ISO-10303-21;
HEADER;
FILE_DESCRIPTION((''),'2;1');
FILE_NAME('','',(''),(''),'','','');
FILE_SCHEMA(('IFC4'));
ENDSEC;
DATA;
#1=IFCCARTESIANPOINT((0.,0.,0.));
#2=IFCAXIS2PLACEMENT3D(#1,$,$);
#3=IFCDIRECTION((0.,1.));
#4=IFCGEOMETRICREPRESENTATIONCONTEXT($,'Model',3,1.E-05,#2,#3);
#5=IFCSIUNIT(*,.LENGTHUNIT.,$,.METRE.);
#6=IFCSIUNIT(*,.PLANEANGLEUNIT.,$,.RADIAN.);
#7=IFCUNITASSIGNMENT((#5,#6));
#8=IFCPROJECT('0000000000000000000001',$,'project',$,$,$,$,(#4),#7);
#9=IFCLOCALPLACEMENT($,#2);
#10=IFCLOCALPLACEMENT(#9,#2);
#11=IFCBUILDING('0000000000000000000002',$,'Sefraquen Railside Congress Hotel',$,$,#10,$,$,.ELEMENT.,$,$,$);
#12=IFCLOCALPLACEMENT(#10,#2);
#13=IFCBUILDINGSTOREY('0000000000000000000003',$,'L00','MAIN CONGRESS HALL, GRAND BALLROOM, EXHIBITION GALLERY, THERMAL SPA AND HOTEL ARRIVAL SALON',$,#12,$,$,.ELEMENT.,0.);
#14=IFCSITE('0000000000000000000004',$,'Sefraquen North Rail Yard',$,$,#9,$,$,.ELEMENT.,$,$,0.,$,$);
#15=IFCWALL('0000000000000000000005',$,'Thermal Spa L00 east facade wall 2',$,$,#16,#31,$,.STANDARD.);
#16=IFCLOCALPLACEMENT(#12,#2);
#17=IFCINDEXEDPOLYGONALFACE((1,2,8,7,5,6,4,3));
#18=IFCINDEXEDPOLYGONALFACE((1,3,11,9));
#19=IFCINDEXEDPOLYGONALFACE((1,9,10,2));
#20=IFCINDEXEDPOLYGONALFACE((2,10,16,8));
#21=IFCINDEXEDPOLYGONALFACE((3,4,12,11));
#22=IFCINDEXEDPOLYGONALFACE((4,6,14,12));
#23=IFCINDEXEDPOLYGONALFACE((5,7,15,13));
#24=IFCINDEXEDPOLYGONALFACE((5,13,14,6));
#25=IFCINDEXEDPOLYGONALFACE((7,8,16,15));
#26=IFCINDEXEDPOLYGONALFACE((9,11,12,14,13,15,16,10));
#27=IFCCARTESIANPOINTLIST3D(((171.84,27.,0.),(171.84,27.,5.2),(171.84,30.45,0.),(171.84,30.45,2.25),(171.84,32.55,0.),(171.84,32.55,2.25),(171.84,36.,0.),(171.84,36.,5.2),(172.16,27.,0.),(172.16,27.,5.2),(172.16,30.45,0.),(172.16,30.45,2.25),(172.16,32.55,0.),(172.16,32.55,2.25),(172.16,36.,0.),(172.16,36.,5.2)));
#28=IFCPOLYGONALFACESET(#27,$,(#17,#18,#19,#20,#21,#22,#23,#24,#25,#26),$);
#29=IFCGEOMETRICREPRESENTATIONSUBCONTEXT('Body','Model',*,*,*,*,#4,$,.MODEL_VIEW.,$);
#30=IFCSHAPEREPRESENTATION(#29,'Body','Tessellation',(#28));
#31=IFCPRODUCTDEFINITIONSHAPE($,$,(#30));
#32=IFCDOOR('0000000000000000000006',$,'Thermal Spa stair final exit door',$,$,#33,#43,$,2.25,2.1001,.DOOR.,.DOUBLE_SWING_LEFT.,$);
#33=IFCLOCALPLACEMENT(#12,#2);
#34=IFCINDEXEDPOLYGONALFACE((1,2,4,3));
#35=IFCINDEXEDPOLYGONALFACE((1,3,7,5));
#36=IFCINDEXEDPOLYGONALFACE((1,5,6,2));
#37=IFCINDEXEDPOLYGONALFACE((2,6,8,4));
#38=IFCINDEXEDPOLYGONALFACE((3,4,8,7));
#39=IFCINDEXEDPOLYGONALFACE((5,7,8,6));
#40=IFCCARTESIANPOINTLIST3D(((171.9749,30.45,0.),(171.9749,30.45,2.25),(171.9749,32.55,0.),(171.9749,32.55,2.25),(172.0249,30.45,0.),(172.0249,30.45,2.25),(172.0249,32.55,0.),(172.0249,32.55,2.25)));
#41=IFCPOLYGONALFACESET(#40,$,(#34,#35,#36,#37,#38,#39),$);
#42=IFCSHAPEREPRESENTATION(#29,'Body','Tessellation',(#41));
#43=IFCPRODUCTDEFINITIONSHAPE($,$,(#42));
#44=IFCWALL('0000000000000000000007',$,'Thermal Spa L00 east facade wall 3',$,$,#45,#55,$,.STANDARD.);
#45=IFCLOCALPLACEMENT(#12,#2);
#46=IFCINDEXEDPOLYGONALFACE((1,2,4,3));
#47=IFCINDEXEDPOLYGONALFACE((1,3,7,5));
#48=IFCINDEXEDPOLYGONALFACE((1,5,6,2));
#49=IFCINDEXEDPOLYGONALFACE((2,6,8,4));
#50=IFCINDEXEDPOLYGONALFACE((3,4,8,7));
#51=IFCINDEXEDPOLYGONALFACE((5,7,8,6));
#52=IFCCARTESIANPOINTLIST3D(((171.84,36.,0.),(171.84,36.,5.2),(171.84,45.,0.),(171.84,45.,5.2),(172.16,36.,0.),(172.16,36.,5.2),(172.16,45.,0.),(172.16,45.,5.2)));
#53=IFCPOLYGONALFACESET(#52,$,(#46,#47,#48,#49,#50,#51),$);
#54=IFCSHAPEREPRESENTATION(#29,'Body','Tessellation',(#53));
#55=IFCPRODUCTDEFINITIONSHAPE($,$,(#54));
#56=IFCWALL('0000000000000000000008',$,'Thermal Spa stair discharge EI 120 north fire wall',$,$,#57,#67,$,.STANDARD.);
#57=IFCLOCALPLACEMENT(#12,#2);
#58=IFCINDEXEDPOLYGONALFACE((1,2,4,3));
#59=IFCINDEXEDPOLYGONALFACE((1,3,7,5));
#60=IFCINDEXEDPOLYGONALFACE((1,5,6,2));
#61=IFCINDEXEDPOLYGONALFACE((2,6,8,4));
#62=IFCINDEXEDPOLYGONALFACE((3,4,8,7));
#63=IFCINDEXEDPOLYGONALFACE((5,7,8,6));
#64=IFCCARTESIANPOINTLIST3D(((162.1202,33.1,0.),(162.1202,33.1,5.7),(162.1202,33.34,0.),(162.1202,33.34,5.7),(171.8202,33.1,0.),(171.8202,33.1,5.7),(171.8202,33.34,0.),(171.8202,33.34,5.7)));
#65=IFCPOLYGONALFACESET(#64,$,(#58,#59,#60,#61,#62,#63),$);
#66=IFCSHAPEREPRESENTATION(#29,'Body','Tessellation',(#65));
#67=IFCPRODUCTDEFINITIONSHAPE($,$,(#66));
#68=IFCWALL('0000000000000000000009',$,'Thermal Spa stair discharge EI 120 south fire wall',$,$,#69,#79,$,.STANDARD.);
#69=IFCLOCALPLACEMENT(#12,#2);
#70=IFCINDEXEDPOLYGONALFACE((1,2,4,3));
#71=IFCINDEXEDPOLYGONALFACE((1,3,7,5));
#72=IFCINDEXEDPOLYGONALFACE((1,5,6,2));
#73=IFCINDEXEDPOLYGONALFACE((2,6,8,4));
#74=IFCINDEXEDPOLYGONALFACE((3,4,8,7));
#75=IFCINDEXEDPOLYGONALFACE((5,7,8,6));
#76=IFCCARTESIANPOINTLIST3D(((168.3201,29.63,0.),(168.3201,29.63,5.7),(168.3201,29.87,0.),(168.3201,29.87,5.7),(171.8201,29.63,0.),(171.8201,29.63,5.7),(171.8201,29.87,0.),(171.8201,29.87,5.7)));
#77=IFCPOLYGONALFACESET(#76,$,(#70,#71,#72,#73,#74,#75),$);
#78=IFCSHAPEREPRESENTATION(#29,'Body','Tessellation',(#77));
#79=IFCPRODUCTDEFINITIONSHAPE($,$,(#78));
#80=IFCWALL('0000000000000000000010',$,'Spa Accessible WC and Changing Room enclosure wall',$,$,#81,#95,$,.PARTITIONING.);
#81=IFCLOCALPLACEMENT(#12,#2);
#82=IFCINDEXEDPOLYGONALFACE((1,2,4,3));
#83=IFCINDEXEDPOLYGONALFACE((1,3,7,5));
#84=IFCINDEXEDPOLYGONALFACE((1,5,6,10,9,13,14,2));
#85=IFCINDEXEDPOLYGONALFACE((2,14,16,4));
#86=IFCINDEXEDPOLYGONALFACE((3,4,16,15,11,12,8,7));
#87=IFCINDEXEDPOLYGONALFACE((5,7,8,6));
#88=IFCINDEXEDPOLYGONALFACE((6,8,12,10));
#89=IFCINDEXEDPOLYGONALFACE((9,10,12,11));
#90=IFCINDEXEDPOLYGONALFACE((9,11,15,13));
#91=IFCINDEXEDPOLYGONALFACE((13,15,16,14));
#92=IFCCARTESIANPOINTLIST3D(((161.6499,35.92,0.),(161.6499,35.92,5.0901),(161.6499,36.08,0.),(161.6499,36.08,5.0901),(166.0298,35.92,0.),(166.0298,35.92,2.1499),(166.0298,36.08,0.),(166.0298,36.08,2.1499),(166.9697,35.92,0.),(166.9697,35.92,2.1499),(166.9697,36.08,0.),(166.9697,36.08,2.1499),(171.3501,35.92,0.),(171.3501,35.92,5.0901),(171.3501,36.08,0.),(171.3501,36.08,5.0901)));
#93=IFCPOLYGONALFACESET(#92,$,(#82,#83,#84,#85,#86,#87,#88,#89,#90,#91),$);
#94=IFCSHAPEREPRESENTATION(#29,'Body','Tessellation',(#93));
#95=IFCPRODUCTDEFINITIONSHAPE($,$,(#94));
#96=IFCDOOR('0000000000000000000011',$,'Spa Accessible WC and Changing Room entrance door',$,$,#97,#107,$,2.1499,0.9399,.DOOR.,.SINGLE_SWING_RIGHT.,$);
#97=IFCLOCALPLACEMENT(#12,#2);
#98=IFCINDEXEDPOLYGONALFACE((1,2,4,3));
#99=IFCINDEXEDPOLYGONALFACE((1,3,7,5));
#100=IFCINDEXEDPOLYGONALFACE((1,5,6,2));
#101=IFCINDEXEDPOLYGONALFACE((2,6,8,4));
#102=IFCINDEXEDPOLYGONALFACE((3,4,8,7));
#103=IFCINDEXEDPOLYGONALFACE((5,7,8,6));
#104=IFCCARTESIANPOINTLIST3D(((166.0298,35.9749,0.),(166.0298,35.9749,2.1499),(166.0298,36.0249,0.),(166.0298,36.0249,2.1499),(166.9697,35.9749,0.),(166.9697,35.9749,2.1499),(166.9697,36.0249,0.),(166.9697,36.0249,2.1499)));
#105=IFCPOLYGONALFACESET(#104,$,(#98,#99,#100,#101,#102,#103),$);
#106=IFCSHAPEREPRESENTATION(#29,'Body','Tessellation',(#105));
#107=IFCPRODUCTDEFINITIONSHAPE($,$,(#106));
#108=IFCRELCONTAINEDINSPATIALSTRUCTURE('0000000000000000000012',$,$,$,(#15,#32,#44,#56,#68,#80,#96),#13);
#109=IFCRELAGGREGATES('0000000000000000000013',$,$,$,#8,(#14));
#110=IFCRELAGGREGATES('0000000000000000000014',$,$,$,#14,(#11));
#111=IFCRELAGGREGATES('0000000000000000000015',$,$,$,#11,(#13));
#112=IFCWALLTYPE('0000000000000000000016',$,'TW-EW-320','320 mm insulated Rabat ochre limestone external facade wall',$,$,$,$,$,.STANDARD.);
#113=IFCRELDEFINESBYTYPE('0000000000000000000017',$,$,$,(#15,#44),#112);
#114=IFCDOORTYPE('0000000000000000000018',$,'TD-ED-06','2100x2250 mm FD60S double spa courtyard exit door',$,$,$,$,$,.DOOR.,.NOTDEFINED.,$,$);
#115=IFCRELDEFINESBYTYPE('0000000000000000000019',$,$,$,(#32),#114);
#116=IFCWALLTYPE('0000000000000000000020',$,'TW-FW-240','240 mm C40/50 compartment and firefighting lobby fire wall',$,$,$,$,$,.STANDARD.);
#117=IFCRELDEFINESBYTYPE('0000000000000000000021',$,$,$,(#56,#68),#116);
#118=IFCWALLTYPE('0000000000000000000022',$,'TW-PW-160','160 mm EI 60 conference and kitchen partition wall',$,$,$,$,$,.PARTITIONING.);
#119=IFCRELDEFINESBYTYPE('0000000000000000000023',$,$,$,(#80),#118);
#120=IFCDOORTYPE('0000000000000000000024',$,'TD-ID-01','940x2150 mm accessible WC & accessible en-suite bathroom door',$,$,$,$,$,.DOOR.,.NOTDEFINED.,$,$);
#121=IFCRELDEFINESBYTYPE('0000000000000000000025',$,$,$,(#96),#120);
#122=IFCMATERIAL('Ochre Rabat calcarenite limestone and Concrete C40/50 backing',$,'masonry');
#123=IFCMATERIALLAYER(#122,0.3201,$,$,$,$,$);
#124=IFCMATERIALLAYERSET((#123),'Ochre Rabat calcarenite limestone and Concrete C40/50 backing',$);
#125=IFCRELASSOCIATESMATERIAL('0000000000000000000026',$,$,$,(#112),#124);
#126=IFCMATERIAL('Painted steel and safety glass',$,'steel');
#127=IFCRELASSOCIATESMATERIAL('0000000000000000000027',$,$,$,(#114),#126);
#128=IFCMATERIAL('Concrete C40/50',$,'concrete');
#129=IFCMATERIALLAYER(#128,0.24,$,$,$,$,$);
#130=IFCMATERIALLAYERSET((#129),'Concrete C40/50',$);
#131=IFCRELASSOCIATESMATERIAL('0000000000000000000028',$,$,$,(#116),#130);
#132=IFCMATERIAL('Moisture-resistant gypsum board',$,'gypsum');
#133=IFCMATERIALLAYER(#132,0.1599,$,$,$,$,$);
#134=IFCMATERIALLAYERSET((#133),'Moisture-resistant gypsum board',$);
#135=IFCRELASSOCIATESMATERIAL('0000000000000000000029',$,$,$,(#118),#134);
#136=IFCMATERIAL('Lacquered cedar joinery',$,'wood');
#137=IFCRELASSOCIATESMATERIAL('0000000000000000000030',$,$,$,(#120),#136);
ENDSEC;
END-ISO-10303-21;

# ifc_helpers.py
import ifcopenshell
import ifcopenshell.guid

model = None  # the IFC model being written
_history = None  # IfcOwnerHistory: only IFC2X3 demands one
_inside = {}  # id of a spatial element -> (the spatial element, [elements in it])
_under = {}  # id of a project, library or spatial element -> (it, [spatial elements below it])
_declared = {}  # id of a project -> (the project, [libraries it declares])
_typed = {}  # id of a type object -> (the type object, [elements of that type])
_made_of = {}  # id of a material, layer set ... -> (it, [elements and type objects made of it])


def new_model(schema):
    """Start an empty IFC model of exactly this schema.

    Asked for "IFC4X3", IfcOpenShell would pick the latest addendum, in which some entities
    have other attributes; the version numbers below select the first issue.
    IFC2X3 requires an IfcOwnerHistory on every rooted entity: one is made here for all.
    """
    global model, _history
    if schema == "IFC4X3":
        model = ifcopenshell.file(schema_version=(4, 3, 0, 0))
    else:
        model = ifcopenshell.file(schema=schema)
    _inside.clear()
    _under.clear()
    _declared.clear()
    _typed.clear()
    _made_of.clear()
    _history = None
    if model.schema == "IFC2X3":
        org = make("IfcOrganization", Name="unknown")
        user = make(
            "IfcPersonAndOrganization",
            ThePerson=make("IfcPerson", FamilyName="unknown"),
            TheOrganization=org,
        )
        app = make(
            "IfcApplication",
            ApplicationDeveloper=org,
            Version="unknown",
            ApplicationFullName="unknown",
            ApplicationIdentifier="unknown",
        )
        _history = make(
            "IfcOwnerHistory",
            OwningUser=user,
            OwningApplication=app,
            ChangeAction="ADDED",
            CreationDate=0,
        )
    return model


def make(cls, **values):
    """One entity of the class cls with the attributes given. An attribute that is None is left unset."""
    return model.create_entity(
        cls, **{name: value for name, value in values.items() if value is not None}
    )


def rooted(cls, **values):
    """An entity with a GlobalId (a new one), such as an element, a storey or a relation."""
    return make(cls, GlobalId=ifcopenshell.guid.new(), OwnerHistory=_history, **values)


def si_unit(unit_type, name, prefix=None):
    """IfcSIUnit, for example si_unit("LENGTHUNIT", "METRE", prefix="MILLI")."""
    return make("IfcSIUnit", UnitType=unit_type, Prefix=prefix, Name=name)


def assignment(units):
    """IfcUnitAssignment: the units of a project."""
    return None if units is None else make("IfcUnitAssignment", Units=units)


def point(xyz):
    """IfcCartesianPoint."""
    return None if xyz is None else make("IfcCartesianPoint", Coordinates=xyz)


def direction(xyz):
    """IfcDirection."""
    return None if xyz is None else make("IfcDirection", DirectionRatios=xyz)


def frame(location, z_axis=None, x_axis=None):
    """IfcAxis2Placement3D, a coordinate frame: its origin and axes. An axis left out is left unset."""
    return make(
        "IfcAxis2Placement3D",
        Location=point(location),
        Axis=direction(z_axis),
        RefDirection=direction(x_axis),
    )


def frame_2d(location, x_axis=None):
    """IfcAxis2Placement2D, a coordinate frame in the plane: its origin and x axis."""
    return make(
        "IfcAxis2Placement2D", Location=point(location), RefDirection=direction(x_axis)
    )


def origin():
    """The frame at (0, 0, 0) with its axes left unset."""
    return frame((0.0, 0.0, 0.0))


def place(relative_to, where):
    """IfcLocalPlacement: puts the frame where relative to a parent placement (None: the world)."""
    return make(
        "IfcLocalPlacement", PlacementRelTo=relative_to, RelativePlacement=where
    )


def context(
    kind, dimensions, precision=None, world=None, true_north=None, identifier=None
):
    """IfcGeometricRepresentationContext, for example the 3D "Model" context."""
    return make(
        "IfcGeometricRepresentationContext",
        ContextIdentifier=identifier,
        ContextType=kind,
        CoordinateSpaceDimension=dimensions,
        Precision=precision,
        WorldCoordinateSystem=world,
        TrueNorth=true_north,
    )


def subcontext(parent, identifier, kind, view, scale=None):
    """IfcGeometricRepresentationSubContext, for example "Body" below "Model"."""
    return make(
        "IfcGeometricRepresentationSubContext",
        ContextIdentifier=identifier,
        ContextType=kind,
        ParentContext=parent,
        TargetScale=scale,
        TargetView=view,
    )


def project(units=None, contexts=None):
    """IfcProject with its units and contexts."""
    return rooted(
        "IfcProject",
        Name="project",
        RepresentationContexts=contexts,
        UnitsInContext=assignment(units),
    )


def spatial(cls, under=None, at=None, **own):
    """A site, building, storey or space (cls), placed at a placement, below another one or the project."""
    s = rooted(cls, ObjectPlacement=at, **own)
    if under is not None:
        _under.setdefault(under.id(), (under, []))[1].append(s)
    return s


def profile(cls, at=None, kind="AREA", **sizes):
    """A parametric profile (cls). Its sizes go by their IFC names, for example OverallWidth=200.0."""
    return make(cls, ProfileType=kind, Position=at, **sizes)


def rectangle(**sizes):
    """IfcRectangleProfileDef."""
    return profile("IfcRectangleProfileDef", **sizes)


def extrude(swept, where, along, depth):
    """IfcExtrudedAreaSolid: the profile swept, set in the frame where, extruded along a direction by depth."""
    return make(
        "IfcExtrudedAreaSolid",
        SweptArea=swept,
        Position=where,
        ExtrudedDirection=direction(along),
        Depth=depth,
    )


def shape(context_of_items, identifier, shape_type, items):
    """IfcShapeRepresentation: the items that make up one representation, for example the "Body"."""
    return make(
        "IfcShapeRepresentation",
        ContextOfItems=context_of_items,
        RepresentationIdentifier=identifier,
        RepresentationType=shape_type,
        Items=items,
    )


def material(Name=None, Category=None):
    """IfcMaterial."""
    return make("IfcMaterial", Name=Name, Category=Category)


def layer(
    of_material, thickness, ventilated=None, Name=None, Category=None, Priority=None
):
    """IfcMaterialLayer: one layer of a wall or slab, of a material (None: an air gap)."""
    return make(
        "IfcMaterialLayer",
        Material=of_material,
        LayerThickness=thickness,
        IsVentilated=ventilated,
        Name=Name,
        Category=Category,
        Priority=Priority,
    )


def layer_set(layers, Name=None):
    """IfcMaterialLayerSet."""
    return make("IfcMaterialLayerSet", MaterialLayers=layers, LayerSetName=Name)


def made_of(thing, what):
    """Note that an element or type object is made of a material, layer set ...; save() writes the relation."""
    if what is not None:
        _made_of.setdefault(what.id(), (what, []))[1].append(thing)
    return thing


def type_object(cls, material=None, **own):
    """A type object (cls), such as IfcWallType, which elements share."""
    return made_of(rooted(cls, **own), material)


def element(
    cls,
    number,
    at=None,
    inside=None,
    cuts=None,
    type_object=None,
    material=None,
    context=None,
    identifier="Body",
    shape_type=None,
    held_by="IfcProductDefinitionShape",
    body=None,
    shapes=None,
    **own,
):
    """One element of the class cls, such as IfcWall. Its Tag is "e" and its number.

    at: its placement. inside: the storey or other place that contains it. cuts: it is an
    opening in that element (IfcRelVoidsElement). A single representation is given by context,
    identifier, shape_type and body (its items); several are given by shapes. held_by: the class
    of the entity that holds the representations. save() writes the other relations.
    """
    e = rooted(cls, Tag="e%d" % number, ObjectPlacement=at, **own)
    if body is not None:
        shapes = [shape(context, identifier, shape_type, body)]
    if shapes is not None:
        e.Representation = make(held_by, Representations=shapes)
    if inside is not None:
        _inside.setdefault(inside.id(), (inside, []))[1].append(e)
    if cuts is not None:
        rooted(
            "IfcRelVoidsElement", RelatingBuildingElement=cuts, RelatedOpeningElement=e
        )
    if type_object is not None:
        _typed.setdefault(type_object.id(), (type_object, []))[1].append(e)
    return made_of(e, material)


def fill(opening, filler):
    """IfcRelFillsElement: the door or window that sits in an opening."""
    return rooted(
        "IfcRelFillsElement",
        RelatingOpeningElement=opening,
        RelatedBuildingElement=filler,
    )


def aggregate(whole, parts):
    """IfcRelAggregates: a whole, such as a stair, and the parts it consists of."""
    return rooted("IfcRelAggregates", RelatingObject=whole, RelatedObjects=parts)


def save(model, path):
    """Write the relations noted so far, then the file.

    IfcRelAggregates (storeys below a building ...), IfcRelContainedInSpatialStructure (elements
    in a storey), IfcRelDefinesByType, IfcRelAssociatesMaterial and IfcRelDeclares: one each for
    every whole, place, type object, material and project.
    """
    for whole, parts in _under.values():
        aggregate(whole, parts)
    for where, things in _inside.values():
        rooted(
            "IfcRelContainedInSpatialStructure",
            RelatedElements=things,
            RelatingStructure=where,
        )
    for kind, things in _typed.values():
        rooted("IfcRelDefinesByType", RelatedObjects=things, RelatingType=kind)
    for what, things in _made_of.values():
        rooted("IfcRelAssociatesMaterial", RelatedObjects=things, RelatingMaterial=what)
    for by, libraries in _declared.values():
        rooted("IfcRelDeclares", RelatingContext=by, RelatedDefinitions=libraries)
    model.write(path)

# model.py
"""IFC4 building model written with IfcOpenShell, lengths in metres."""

from ifc_helpers import new_model, si_unit, direction, frame, frame_2d, origin, place, context, subcontext, project, spatial, rectangle, extrude, material, layer, layer_set, type_object, element, fill, save


model = new_model("IFC4")

# Units and contexts
model_context = context("Model", 3, precision=1e-05, world=origin(), true_north=direction((0.0, 1.0)))
body_context = subcontext(model_context, "Body", "Model", "MODEL_VIEW")
ifc_project = project(units=[si_unit("LENGTHUNIT", "METRE"), si_unit("PLANEANGLEUNIT", "RADIAN")], contexts=[model_context])

# Site, building, storey
site_placement = place(None, origin())
site = spatial("IfcSite", under=ifc_project, at=site_placement, Name="Sefraquen North Rail Yard", CompositionType="ELEMENT", RefElevation=0.0)
building_placement = place(site_placement, origin())
building = spatial("IfcBuilding", under=site, at=building_placement, Name="Sefraquen Railside Congress Hotel", CompositionType="ELEMENT")
storey_placement = place(building_placement, origin())
storey = spatial("IfcBuildingStorey", under=building, at=storey_placement, Name="L00", Description="MAIN CONGRESS HALL, GRAND BALLROOM, EXHIBITION GALLERY, THERMAL SPA AND HOTEL ARRIVAL SALON", CompositionType="ELEMENT", Elevation=0.0)

# Wall, opening, door
ifc_material_1 = material(Name="Ochre Rabat calcarenite limestone and Concrete C40/50 backing", Category="masonry")
ifc_layer_1 = layer(ifc_material_1, 0.3201)
ifc_layer_set_1 = layer_set([ifc_layer_1], Name="Ochre Rabat calcarenite limestone and Concrete C40/50 backing")
wall_type_1 = type_object("IfcWallType", Name="TW-EW-320", Description="320 mm insulated Rabat ochre limestone external facade wall", PredefinedType="STANDARD", material=ifc_layer_set_1)
wall_1_placement = place(storey_placement, frame((172.0, 27.0, 0.0), z_axis=(0.0, 0.0, 1.0), x_axis=(0.0, 1.0, 0.0)))
wall_1 = element("IfcWall", 1, at=wall_1_placement, inside=storey, type_object=wall_type_1, Name="Thermal Spa L00 east facade wall 2", PredefinedType="STANDARD", context=body_context, shape_type="SweptSolid", body=[
    extrude(rectangle(XDim=9.0, YDim=0.3201, at=frame_2d((4.5, 0.0))), origin(), (0.0, 0.0, 1.0), 5.2),
])
opening_1_placement = place(wall_1_placement, frame((3.45, 0.0, 0.0)))
opening_1 = element("IfcOpeningElement", 2, at=opening_1_placement, cuts=wall_1, PredefinedType="OPENING", context=body_context, shape_type="SweptSolid", body=[
    extrude(rectangle(XDim=2.1001, YDim=2.25, at=frame_2d((1.05, 1.125))), frame((0.0, 0.1699, 0.0), z_axis=(0.0, -1.0, 0.0), x_axis=(1.0, 0.0, 0.0)), (0.0, 0.0, 1.0), 0.3401),
])
ifc_material_2 = material(Name="Painted steel and safety glass", Category="steel")
door_type_1 = type_object("IfcDoorType", Name="TD-ED-06", Description="2100x2250 mm FD60S double spa courtyard exit door", OperationType="NOTDEFINED", PredefinedType="DOOR", material=ifc_material_2)
door_1_placement = place(opening_1_placement, frame((2.1001, 0.0, 0.0), z_axis=(0.0, 0.0, 1.0), x_axis=(-1.0, 0.0, 0.0)))
door_1 = element("IfcDoor", 3, at=door_1_placement, inside=storey, type_object=door_type_1, Name="Thermal Spa stair final exit door", OperationType="DOUBLE_SWING_LEFT", OverallHeight=2.25, OverallWidth=2.1001, PredefinedType="DOOR", context=body_context, shape_type="SweptSolid", body=[
    extrude(rectangle(XDim=2.1001, YDim=2.25, at=frame_2d((1.05, 1.125))), frame((0.0, 0.0249, 0.0), z_axis=(0.0, -1.0, 0.0), x_axis=(1.0, 0.0, 0.0)), (0.0, 0.0, 1.0), 0.05),
])
fill(opening_1, door_1)

# Walls
wall_2_placement = place(storey_placement, frame((172.0, 36.0, 0.0), z_axis=(0.0, 0.0, 1.0), x_axis=(0.0, 1.0, 0.0)))
element("IfcWall", 4, at=wall_2_placement, inside=storey, type_object=wall_type_1, Name="Thermal Spa L00 east facade wall 3", PredefinedType="STANDARD", context=body_context, shape_type="SweptSolid", body=[
    extrude(rectangle(XDim=9.0, YDim=0.3201, at=frame_2d((4.5, 0.0))), origin(), (0.0, 0.0, 1.0), 5.2),
])
ifc_material_3 = material(Name="Concrete C40/50", Category="concrete")
ifc_layer_2 = layer(ifc_material_3, 0.24)
ifc_layer_set_2 = layer_set([ifc_layer_2], Name="Concrete C40/50")
wall_type_2 = type_object("IfcWallType", Name="TW-FW-240", Description="240 mm C40/50 compartment and firefighting lobby fire wall", PredefinedType="STANDARD", material=ifc_layer_set_2)
wall_3_placement = place(storey_placement, frame((162.1201, 33.22, 0.0), z_axis=(0.0, 0.0, 1.0), x_axis=(1.0, 0.0, 0.0)))
element("IfcWall", 5, at=wall_3_placement, inside=storey, type_object=wall_type_2, Name="Thermal Spa stair discharge EI 120 north fire wall", PredefinedType="STANDARD", context=body_context, shape_type="SweptSolid", body=[
    extrude(rectangle(XDim=9.7, YDim=0.24, at=frame_2d((4.8501, 0.0))), origin(), (0.0, 0.0, 1.0), 5.7),
])
wall_4_placement = place(storey_placement, frame((168.3201, 29.75, 0.0), z_axis=(0.0, 0.0, 1.0), x_axis=(1.0, 0.0, 0.0)))
element("IfcWall", 6, at=wall_4_placement, inside=storey, type_object=wall_type_2, Name="Thermal Spa stair discharge EI 120 south fire wall", PredefinedType="STANDARD", context=body_context, shape_type="SweptSolid", body=[
    extrude(rectangle(XDim=3.5, YDim=0.24, at=frame_2d((1.75, 0.0))), origin(), (0.0, 0.0, 1.0), 5.7),
])

# Wall, opening, door
ifc_material_4 = material(Name="Moisture-resistant gypsum board", Category="gypsum")
ifc_layer_3 = layer(ifc_material_4, 0.1599)
ifc_layer_set_3 = layer_set([ifc_layer_3], Name="Moisture-resistant gypsum board")
wall_type_3 = type_object("IfcWallType", Name="TW-PW-160", Description="160 mm EI 60 conference and kitchen partition wall", PredefinedType="PARTITIONING", material=ifc_layer_set_3)
wall_5_placement = place(storey_placement, frame((161.6499, 36.0, 0.0), z_axis=(0.0, 0.0, 1.0), x_axis=(1.0, 0.0, 0.0)))
wall_5 = element("IfcWall", 7, at=wall_5_placement, inside=storey, type_object=wall_type_3, Name="Spa Accessible WC and Changing Room enclosure wall", PredefinedType="PARTITIONING", context=body_context, shape_type="SweptSolid", body=[
    extrude(rectangle(XDim=9.7002, YDim=0.1599, at=frame_2d((4.8501, 0.0))), origin(), (0.0, 0.0, 1.0), 5.0901),
])
opening_2_placement = place(wall_5_placement, frame((4.3799, 0.0, 0.0)))
opening_2 = element("IfcOpeningElement", 8, at=opening_2_placement, cuts=wall_5, PredefinedType="OPENING", context=body_context, shape_type="SweptSolid", body=[
    extrude(rectangle(XDim=0.9399, YDim=2.1499, at=frame_2d((0.47, 1.075))), frame((0.0, 0.0898, 0.0), z_axis=(0.0, -1.0, 0.0), x_axis=(1.0, 0.0, 0.0)), (0.0, 0.0, 1.0), 0.1799),
])
ifc_material_5 = material(Name="Lacquered cedar joinery", Category="wood")
door_type_2 = type_object("IfcDoorType", Name="TD-ID-01", Description="940x2150 mm accessible WC & accessible en-suite bathroom door", OperationType="NOTDEFINED", PredefinedType="DOOR", material=ifc_material_5)
door_2_placement = place(opening_2_placement, origin())
door_2 = element("IfcDoor", 9, at=door_2_placement, inside=storey, type_object=door_type_2, Name="Spa Accessible WC and Changing Room entrance door", OperationType="SINGLE_SWING_RIGHT", OverallHeight=2.1499, OverallWidth=0.9399, PredefinedType="DOOR", context=body_context, shape_type="SweptSolid", body=[
    extrude(rectangle(XDim=0.9399, YDim=2.1499, at=frame_2d((0.47, 1.075))), frame((0.0, 0.0249, 0.0), z_axis=(0.0, -1.0, 0.0), x_axis=(1.0, 0.0, 0.0)), (0.0, 0.0, 1.0), 0.05),
])
fill(opening_2, door_2)

save(model, "model.ifc")
